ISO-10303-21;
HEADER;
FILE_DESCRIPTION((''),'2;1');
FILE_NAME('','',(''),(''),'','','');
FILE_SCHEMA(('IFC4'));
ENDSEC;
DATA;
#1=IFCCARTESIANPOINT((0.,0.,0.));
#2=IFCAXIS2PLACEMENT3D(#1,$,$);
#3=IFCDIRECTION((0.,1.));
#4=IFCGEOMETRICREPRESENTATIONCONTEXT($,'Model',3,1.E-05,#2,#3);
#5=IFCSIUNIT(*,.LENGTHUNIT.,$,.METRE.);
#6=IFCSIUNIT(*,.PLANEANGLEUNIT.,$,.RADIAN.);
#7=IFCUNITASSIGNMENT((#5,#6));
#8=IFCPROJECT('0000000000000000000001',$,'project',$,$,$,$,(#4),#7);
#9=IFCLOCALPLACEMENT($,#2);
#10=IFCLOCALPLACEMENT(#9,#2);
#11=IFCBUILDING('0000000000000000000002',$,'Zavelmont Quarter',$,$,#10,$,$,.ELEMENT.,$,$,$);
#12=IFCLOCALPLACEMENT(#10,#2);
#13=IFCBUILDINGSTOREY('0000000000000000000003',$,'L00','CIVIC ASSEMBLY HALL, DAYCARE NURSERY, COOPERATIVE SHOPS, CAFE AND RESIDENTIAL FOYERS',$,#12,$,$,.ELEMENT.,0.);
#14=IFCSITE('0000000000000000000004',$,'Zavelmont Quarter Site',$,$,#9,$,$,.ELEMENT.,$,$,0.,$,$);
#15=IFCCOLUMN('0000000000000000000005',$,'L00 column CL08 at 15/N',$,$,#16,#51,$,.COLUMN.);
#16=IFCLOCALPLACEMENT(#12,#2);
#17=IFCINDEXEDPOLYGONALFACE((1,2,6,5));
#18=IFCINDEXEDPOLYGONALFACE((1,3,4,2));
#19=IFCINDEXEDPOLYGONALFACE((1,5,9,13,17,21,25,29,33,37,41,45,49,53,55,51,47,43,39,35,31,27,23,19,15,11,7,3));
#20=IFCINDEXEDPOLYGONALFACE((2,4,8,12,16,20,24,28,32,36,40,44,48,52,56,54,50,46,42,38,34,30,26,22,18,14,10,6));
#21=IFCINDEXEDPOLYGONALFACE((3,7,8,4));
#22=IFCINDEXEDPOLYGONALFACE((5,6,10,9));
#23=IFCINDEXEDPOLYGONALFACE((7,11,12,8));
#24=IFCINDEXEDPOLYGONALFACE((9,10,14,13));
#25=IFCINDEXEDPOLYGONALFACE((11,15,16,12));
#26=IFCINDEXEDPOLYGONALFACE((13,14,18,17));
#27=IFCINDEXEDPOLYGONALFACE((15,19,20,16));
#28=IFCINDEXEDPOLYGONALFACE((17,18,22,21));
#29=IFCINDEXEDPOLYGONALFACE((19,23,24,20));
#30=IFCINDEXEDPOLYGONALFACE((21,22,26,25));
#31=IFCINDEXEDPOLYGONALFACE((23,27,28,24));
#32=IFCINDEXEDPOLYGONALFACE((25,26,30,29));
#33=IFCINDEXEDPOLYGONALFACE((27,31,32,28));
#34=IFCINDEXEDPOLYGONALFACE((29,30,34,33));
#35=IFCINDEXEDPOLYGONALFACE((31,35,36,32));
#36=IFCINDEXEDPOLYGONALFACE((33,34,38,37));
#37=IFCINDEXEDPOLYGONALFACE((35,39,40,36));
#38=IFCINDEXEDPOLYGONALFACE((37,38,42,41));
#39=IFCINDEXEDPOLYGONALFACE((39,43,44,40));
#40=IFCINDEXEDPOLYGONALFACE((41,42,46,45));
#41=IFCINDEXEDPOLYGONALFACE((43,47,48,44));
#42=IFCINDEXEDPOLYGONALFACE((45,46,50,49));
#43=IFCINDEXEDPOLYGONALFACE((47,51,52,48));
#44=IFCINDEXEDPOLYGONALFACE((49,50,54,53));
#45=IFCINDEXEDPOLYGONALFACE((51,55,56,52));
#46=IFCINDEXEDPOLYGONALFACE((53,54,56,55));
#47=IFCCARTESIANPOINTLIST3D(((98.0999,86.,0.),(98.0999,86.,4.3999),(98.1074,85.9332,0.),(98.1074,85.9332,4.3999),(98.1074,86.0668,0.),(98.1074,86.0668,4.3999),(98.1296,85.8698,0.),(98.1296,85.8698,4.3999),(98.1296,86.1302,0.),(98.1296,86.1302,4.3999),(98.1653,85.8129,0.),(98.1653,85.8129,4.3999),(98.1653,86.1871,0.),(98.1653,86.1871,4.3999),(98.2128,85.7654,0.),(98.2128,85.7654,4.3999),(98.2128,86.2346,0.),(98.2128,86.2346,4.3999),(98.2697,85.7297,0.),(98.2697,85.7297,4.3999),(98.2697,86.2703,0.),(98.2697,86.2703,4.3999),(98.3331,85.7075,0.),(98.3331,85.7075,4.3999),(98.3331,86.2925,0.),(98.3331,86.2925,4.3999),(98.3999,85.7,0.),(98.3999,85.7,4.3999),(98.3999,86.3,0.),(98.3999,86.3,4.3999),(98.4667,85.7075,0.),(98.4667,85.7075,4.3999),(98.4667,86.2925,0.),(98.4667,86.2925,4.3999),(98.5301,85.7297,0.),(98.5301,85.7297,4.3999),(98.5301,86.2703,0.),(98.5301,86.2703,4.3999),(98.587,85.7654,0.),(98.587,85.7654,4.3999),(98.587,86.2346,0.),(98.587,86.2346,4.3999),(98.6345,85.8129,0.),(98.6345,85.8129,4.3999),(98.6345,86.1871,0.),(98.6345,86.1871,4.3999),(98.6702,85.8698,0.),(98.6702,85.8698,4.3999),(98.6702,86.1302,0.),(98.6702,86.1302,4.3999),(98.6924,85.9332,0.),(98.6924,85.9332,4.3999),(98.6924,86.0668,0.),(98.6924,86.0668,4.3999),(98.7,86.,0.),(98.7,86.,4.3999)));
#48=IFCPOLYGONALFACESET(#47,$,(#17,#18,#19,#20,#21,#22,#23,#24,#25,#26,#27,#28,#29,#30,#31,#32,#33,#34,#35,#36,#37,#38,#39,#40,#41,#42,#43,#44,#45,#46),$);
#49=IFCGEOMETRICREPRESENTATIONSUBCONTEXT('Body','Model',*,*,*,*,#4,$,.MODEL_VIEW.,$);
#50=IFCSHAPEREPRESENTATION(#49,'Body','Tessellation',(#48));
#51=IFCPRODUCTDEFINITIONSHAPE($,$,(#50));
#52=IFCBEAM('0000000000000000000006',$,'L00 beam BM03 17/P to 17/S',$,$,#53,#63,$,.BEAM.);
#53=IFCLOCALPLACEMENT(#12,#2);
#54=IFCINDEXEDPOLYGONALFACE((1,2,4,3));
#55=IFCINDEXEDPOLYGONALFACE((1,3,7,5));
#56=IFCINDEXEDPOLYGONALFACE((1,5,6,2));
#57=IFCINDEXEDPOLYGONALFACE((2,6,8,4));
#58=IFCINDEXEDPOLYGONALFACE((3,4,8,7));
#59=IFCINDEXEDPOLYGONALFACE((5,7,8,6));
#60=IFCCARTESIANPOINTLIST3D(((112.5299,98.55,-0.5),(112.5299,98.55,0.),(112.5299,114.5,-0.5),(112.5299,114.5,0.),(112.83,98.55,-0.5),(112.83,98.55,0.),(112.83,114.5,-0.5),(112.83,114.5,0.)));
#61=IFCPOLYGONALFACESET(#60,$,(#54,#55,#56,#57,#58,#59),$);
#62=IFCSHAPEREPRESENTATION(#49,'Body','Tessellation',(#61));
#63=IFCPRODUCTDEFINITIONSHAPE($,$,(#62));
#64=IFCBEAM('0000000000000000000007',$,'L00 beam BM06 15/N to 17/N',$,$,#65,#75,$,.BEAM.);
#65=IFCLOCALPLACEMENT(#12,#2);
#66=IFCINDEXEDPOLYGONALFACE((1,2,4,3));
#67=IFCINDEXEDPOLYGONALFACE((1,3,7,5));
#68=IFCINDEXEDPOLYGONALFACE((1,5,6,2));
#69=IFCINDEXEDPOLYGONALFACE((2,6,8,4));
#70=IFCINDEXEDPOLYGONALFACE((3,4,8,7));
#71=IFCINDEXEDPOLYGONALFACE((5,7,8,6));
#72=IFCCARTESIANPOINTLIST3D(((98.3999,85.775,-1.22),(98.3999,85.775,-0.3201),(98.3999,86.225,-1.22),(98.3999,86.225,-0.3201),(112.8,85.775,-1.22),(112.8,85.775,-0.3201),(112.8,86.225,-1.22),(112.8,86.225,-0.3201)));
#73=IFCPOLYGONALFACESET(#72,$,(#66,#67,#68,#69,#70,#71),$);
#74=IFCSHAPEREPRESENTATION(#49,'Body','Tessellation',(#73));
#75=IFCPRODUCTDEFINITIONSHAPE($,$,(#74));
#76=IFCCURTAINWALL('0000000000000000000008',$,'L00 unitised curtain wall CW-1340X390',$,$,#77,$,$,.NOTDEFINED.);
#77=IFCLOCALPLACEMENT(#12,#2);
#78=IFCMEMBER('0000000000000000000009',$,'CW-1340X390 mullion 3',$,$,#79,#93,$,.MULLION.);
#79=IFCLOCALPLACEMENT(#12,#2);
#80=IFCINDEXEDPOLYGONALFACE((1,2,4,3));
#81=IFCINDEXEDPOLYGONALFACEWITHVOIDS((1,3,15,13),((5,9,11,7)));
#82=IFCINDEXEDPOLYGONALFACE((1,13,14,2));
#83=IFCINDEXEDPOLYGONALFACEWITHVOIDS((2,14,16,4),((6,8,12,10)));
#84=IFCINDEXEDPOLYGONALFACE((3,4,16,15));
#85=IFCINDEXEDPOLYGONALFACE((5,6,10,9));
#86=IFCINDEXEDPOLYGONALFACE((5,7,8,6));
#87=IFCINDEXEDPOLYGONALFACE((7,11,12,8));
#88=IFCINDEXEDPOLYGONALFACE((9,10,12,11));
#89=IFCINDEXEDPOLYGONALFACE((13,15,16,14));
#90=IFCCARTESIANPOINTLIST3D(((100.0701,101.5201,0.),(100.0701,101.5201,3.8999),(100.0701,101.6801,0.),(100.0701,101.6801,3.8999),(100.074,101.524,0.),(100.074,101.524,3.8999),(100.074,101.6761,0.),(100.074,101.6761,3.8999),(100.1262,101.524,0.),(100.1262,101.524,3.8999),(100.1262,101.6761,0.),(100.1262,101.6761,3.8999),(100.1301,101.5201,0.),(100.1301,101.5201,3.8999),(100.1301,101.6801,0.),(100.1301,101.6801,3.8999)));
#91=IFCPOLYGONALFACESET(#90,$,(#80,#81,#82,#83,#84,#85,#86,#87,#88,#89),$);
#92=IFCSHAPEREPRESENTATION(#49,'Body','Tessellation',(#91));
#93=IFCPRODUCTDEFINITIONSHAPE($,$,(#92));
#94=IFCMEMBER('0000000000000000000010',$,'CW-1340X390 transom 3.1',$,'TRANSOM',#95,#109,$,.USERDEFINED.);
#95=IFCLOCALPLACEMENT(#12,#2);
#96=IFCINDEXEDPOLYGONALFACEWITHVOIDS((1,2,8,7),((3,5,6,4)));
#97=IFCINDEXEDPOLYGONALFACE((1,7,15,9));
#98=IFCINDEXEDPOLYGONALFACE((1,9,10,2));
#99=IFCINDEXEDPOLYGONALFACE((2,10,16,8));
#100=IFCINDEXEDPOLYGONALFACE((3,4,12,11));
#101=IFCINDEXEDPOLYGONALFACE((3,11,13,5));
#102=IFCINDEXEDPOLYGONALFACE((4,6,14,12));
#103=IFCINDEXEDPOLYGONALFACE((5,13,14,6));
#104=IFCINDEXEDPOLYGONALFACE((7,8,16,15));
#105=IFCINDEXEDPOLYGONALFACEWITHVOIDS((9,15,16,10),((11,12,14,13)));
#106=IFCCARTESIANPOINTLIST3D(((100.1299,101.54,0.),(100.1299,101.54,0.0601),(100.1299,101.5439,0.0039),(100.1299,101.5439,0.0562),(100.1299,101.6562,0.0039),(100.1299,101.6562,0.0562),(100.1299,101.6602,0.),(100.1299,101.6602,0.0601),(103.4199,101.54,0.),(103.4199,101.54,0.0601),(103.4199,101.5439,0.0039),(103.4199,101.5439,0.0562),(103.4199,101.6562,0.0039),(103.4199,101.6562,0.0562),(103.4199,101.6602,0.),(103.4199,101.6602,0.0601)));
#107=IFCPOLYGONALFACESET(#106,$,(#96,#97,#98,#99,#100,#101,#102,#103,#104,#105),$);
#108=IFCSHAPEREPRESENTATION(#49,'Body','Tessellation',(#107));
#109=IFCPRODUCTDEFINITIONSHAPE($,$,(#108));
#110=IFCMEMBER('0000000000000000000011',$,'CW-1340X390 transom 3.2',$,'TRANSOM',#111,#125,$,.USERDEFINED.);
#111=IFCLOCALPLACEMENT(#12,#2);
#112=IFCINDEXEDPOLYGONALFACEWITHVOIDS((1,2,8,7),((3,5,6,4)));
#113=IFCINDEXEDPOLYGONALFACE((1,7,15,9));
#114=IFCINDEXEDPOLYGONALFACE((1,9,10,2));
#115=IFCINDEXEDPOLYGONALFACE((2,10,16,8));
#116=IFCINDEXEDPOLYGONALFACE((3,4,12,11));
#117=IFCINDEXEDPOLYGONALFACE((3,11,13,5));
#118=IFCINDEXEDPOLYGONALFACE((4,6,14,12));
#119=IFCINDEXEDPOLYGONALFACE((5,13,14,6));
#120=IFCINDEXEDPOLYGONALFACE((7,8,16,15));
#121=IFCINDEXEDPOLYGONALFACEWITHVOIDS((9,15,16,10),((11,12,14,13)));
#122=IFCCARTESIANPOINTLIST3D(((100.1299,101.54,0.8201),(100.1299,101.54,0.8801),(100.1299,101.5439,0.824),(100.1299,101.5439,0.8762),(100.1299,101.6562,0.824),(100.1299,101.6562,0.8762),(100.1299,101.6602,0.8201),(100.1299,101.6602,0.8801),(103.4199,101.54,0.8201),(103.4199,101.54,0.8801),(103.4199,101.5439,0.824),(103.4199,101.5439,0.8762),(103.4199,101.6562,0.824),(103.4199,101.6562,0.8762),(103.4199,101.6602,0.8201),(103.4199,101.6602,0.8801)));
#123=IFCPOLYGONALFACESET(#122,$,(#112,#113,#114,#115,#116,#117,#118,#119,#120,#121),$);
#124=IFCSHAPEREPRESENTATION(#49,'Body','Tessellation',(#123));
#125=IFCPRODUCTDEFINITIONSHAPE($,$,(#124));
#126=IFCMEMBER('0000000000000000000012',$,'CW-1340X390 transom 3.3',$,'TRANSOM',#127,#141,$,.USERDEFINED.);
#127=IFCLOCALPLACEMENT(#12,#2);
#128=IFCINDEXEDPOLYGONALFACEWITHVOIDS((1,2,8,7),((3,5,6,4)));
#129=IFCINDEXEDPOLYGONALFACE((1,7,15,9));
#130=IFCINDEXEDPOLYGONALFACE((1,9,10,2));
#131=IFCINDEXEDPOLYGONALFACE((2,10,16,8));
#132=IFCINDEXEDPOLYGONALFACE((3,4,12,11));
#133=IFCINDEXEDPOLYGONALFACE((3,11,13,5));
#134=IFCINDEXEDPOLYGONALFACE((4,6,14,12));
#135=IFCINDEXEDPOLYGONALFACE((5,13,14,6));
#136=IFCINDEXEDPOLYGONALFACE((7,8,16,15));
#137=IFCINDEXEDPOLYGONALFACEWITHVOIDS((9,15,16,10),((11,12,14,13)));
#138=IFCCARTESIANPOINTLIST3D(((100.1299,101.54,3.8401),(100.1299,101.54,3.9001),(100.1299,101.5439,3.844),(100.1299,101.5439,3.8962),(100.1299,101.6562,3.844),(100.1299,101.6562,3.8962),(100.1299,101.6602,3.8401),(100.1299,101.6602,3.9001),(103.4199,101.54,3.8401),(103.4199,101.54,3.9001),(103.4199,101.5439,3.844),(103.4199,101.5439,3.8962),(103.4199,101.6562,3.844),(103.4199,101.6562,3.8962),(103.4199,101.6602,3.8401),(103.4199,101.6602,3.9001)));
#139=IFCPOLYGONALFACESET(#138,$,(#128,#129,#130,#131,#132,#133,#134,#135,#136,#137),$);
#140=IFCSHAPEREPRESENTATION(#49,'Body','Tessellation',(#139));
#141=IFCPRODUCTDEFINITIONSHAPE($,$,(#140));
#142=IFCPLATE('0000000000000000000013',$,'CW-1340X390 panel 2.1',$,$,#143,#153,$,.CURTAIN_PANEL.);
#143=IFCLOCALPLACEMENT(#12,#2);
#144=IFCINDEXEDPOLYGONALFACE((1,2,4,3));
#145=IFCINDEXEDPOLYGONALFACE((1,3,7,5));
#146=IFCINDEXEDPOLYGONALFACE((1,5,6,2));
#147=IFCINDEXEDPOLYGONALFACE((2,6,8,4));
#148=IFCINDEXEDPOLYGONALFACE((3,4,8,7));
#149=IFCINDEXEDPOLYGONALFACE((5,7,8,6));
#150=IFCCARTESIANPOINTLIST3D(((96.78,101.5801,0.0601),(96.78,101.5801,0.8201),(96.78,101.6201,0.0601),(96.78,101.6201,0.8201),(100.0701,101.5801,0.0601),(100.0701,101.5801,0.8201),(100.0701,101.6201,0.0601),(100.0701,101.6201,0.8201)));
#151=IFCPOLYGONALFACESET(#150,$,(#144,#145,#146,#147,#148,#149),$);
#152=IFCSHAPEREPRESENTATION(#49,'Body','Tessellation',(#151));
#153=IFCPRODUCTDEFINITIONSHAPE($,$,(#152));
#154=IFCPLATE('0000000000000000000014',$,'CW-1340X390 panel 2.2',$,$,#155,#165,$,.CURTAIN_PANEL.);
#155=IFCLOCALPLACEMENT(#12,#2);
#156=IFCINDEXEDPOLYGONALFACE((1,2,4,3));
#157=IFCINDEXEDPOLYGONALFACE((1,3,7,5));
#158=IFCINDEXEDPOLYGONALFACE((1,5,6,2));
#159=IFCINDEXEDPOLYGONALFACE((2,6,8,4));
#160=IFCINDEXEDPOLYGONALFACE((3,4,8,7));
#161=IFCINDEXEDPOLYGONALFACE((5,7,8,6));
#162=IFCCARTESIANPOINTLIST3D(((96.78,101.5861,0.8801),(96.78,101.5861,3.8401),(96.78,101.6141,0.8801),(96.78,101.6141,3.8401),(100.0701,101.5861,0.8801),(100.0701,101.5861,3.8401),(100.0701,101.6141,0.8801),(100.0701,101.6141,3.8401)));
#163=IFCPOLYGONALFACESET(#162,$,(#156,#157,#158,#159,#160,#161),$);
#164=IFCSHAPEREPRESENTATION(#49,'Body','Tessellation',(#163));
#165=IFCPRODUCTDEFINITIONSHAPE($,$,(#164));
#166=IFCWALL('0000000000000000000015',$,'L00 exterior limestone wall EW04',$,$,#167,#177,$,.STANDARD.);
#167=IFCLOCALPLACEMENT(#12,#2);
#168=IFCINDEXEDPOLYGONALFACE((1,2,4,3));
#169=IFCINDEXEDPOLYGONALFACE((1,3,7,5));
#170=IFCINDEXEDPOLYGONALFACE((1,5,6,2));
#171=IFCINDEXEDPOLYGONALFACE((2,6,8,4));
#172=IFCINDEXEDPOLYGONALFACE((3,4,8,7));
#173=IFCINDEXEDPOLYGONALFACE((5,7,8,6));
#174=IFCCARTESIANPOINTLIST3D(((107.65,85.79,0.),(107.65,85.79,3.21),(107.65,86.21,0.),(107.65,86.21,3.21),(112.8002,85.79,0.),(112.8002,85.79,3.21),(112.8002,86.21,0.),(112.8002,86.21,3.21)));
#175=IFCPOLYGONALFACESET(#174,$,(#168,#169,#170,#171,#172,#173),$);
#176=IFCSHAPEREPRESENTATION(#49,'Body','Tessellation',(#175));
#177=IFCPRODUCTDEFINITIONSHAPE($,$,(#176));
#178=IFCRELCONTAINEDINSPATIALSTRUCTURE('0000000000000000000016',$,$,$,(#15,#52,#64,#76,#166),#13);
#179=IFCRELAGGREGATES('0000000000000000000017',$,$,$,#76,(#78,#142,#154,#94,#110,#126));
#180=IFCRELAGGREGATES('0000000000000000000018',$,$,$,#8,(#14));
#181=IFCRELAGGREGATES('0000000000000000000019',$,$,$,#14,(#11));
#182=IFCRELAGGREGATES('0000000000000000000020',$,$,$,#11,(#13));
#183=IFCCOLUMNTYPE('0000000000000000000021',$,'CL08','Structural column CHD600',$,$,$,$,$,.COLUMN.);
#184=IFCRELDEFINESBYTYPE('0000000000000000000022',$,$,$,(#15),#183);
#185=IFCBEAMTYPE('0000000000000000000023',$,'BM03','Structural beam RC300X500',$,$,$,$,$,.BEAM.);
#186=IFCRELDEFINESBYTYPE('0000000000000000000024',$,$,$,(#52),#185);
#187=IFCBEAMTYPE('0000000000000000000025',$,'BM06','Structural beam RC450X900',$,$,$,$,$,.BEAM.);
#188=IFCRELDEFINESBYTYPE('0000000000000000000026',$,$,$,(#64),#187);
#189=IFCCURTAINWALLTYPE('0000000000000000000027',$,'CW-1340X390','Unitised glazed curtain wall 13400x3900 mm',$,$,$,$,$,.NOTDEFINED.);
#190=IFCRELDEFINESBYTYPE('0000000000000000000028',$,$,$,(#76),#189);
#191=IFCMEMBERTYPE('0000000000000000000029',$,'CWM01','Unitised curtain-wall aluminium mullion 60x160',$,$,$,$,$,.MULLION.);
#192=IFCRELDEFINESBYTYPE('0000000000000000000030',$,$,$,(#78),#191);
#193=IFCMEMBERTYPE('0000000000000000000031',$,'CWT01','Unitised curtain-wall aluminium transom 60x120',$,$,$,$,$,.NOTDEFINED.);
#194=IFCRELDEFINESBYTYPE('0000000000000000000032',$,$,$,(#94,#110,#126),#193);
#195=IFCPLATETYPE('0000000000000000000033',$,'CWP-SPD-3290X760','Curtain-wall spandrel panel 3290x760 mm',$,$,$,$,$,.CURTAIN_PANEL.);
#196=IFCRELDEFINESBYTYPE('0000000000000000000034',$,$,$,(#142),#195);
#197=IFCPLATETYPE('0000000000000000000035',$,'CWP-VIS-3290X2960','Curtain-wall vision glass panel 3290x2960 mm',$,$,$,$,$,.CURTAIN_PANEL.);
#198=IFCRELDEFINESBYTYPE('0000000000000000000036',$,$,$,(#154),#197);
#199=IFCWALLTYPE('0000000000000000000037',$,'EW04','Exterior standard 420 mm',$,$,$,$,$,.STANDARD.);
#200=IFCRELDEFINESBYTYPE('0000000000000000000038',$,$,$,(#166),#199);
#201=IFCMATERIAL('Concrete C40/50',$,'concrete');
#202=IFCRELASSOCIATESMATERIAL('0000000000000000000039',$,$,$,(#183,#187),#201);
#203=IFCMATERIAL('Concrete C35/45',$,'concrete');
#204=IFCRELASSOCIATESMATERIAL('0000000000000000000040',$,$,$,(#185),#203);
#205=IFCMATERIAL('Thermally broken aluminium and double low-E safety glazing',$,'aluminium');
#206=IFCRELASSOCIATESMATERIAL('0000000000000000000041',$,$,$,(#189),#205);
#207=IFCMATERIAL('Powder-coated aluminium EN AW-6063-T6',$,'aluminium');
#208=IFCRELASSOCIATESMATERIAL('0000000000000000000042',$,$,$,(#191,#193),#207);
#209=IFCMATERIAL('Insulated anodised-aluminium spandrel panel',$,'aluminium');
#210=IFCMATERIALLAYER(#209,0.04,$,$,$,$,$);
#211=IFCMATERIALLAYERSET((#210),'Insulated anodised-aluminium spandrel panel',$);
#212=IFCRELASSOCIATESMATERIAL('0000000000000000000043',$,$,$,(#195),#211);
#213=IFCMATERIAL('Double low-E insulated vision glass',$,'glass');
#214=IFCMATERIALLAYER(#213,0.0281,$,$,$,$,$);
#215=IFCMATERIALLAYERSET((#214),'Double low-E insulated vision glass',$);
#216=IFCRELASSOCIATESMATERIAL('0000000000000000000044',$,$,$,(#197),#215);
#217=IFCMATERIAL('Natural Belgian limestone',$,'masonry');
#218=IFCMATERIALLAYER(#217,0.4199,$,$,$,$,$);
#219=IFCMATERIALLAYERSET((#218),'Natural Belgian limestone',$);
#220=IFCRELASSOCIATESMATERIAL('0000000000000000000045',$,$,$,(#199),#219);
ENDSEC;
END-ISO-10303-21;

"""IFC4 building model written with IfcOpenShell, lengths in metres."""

from ifc_helpers import new_model, si_unit, direction, frame, frame_2d, origin, origin_2d, place, context, subcontext, project, spatial, rectangle, hollow_rectangle, circle, extrude, material, layer, layer_set, material_profile, profile_set, type_object, element, aggregate, save


model = new_model("IFC4")

# Units and contexts
model_context = context("Model", 3, precision=1e-05, world=origin(), true_north=direction((0.0, 1.0)))
body_context = subcontext(model_context, "Body", "Model", "MODEL_VIEW")
ifc_project = project(units=[si_unit("LENGTHUNIT", "METRE"), si_unit("PLANEANGLEUNIT", "RADIAN")], contexts=[model_context])

# Site, building, storey
site_placement = place(None, origin())
site = spatial("IfcSite", under=ifc_project, at=site_placement, Name="Zavelmont Quarter Site", CompositionType="ELEMENT", RefElevation=0.0)
building_placement = place(site_placement, origin())
building = spatial("IfcBuilding", under=site, at=building_placement, Name="Zavelmont Quarter", CompositionType="ELEMENT")
storey_placement = place(building_placement, origin())
storey = spatial("IfcBuildingStorey", under=building, at=storey_placement, Name="L00", Description="CIVIC ASSEMBLY HALL, DAYCARE NURSERY, COOPERATIVE SHOPS, CAFE AND RESIDENTIAL FOYERS", CompositionType="ELEMENT", Elevation=0.0)

# Column
ifc_material_1 = material(Name="Concrete C40/50", Category="concrete")
ifc_material_profile_1 = material_profile(ifc_material_1, circle(Radius=0.3, at=origin_2d()), Name="CHD600")
ifc_profile_set_1 = profile_set([ifc_material_profile_1], Name="Concrete C40/50")
column_type = type_object("IfcColumnType", Name="CL08", Description="Structural column CHD600", PredefinedType="COLUMN", material=ifc_profile_set_1)
column_placement = place(storey_placement, frame((98.3999, 86.0, 0.0), z_axis=(0.0, 0.0, 1.0), x_axis=(1.0, 0.0, 0.0)))
element("IfcColumn", 1, at=column_placement, inside=storey, type_object=column_type, Name="L00 column CL08 at 15/N", PredefinedType="COLUMN", context=body_context, shape_type="SweptSolid", body=[
    extrude(circle(Radius=0.3, at=origin_2d()), origin(), (0.0, 0.0, 1.0), 4.3999),
])

# Beams
ifc_material_2 = material(Name="Concrete C35/45", Category="concrete")
ifc_material_profile_2 = material_profile(ifc_material_2, rectangle(XDim=0.3, YDim=0.5, at=origin_2d()), Name="RC300X500")
ifc_profile_set_2 = profile_set([ifc_material_profile_2], Name="Concrete C35/45")
beam_type_1 = type_object("IfcBeamType", Name="BM03", Description="Structural beam RC300X500", PredefinedType="BEAM", material=ifc_profile_set_2)
beam_1_placement = place(storey_placement, frame((112.6799, 98.55, -0.25), z_axis=(0.0, 1.0, 0.0), x_axis=(-1.0, 0.0, 0.0)))
element("IfcBeam", 2, at=beam_1_placement, inside=storey, type_object=beam_type_1, Name="L00 beam BM03 17/P to 17/S", PredefinedType="BEAM", context=body_context, shape_type="SweptSolid", body=[
    extrude(rectangle(XDim=0.3, YDim=0.5, at=origin_2d()), origin(), (0.0, 0.0, 1.0), 15.95),
])
ifc_material_profile_3 = material_profile(ifc_material_1, rectangle(XDim=0.45, YDim=0.8999, at=origin_2d()), Name="RC450X900")
ifc_profile_set_3 = profile_set([ifc_material_profile_3], Name="Concrete C40/50")
beam_type_2 = type_object("IfcBeamType", Name="BM06", Description="Structural beam RC450X900", PredefinedType="BEAM", material=ifc_profile_set_3)
beam_2_placement = place(storey_placement, frame((98.3999, 86.0, -0.77), z_axis=(1.0, 0.0, 0.0), x_axis=(0.0, 1.0, 0.0)))
element("IfcBeam", 3, at=beam_2_placement, inside=storey, type_object=beam_type_2, Name="L00 beam BM06 15/N to 17/N", PredefinedType="BEAM", context=body_context, shape_type="SweptSolid", body=[
    extrude(rectangle(XDim=0.45, YDim=0.8999, at=origin_2d()), origin(), (0.0, 0.0, 1.0), 14.4001),
])

# Curtain wall, members, plates
ifc_material_3 = material(Name="Thermally broken aluminium and double low-E safety glazing", Category="aluminium")
curtain_wall_type = type_object("IfcCurtainWallType", Name="CW-1340X390", Description="Unitised glazed curtain wall 13400x3900 mm", PredefinedType="NOTDEFINED", material=ifc_material_3)
curtain_wall_placement = place(storey_placement, origin())
curtain_wall = element("IfcCurtainWall", 4, at=curtain_wall_placement, inside=storey, type_object=curtain_wall_type, Name="L00 unitised curtain wall CW-1340X390", PredefinedType="NOTDEFINED")
ifc_material_4 = material(Name="Powder-coated aluminium EN AW-6063-T6", Category="aluminium")
ifc_material_profile_4 = material_profile(ifc_material_4, hollow_rectangle(XDim=0.0601, YDim=0.1599, WallThickness=0.0039, at=origin_2d()), Name="CWM60X160")
ifc_profile_set_4 = profile_set([ifc_material_profile_4], Name="Powder-coated aluminium EN AW-6063-T6")
member_type_1 = type_object("IfcMemberType", Name="CWM01", Description="Unitised curtain-wall aluminium mullion 60x160", PredefinedType="MULLION", material=ifc_profile_set_4)
member_1_placement = place(storey_placement, frame((100.1001, 101.6001, 0.0), z_axis=(0.0, 0.0, 1.0), x_axis=(1.0, 0.0, 0.0)))
member_1 = element("IfcMember", 5, at=member_1_placement, type_object=member_type_1, Name="CW-1340X390 mullion 3", PredefinedType="MULLION", context=body_context, shape_type="SweptSolid", body=[
    extrude(hollow_rectangle(XDim=0.0601, YDim=0.1599, WallThickness=0.0039, at=origin_2d()), origin(), (0.0, 0.0, 1.0), 3.8999),
])
ifc_material_profile_5 = material_profile(ifc_material_4, hollow_rectangle(XDim=0.1201, YDim=0.0601, WallThickness=0.0039, at=origin_2d()), Name="CWT60X120")
ifc_profile_set_5 = profile_set([ifc_material_profile_5], Name="Powder-coated aluminium EN AW-6063-T6")
member_type_2 = type_object("IfcMemberType", Name="CWT01", Description="Unitised curtain-wall aluminium transom 60x120", PredefinedType="NOTDEFINED", material=ifc_profile_set_5)
member_2_placement = place(storey_placement, frame((100.1299, 101.6001, 0.03), z_axis=(1.0, 0.0, 0.0), x_axis=(0.0, 1.0, 0.0)))
member_2 = element("IfcMember", 6, at=member_2_placement, type_object=member_type_2, Name="CW-1340X390 transom 3.1", ObjectType="TRANSOM", PredefinedType="USERDEFINED", context=body_context, shape_type="SweptSolid", body=[
    extrude(hollow_rectangle(XDim=0.1201, YDim=0.0601, WallThickness=0.0039, at=origin_2d()), origin(), (0.0, 0.0, 1.0), 3.29),
])
member_3_placement = place(storey_placement, frame((100.1299, 101.6001, 0.8501), z_axis=(1.0, 0.0, 0.0), x_axis=(0.0, 1.0, 0.0)))
member_3 = element("IfcMember", 7, at=member_3_placement, type_object=member_type_2, Name="CW-1340X390 transom 3.2", ObjectType="TRANSOM", PredefinedType="USERDEFINED", context=body_context, shape_type="SweptSolid", body=[
    extrude(hollow_rectangle(XDim=0.1201, YDim=0.0601, WallThickness=0.0039, at=origin_2d()), origin(), (0.0, 0.0, 1.0), 3.29),
])
member_4_placement = place(storey_placement, frame((100.1299, 101.6001, 3.8701), z_axis=(1.0, 0.0, 0.0), x_axis=(0.0, 1.0, 0.0)))
member_4 = element("IfcMember", 8, at=member_4_placement, type_object=member_type_2, Name="CW-1340X390 transom 3.3", ObjectType="TRANSOM", PredefinedType="USERDEFINED", context=body_context, shape_type="SweptSolid", body=[
    extrude(hollow_rectangle(XDim=0.1201, YDim=0.0601, WallThickness=0.0039, at=origin_2d()), origin(), (0.0, 0.0, 1.0), 3.29),
])
ifc_material_5 = material(Name="Insulated anodised-aluminium spandrel panel", Category="aluminium")
ifc_layer_1 = layer(ifc_material_5, 0.04)
ifc_layer_set_1 = layer_set([ifc_layer_1], Name="Insulated anodised-aluminium spandrel panel")
plate_type_1 = type_object("IfcPlateType", Name="CWP-SPD-3290X760", Description="Curtain-wall spandrel panel 3290x760 mm", PredefinedType="CURTAIN_PANEL", material=ifc_layer_set_1)
plate_1_placement = place(storey_placement, frame((98.425, 101.6001, 0.0601), z_axis=(0.0, 0.0, 1.0), x_axis=(1.0, 0.0, 0.0)))
plate_1 = element("IfcPlate", 9, at=plate_1_placement, type_object=plate_type_1, Name="CW-1340X390 panel 2.1", PredefinedType="CURTAIN_PANEL", context=body_context, shape_type="SweptSolid", body=[
    extrude(rectangle(XDim=3.29, YDim=0.04, at=origin_2d()), origin(), (0.0, 0.0, 1.0), 0.76),
])
ifc_material_6 = material(Name="Double low-E insulated vision glass", Category="glass")
ifc_layer_2 = layer(ifc_material_6, 0.0281)
ifc_layer_set_2 = layer_set([ifc_layer_2], Name="Double low-E insulated vision glass")
plate_type_2 = type_object("IfcPlateType", Name="CWP-VIS-3290X2960", Description="Curtain-wall vision glass panel 3290x2960 mm", PredefinedType="CURTAIN_PANEL", material=ifc_layer_set_2)
plate_2_placement = place(storey_placement, frame((98.425, 101.6001, 0.8801), z_axis=(0.0, 0.0, 1.0), x_axis=(1.0, 0.0, 0.0)))
plate_2 = element("IfcPlate", 10, at=plate_2_placement, type_object=plate_type_2, Name="CW-1340X390 panel 2.2", PredefinedType="CURTAIN_PANEL", context=body_context, shape_type="SweptSolid", body=[
    extrude(rectangle(XDim=3.29, YDim=0.0281, at=origin_2d()), origin(), (0.0, 0.0, 1.0), 2.96),
])
aggregate(curtain_wall, [member_1, plate_1, plate_2, member_2, member_3, member_4])

# Wall
ifc_material_7 = material(Name="Natural Belgian limestone", Category="masonry")
ifc_layer_3 = layer(ifc_material_7, 0.4199)
ifc_layer_set_3 = layer_set([ifc_layer_3], Name="Natural Belgian limestone")
wall_type_1 = type_object("IfcWallType", Name="EW04", Description="Exterior standard 420 mm", PredefinedType="STANDARD", material=ifc_layer_set_3)
wall_1_placement = place(storey_placement, frame((107.6499, 86.0, 0.0), z_axis=(0.0, 0.0, 1.0), x_axis=(1.0, 0.0, 0.0)))
element("IfcWall", 11, at=wall_1_placement, inside=storey, type_object=wall_type_1, Name="L00 exterior limestone wall EW04", PredefinedType="STANDARD", context=body_context, shape_type="SweptSolid", body=[
    extrude(rectangle(XDim=5.1501, YDim=0.4199, at=frame_2d((2.5752, 0.0))), origin(), (0.0, 0.0, 1.0), 3.21),
])

save(model, "model.ifc")
